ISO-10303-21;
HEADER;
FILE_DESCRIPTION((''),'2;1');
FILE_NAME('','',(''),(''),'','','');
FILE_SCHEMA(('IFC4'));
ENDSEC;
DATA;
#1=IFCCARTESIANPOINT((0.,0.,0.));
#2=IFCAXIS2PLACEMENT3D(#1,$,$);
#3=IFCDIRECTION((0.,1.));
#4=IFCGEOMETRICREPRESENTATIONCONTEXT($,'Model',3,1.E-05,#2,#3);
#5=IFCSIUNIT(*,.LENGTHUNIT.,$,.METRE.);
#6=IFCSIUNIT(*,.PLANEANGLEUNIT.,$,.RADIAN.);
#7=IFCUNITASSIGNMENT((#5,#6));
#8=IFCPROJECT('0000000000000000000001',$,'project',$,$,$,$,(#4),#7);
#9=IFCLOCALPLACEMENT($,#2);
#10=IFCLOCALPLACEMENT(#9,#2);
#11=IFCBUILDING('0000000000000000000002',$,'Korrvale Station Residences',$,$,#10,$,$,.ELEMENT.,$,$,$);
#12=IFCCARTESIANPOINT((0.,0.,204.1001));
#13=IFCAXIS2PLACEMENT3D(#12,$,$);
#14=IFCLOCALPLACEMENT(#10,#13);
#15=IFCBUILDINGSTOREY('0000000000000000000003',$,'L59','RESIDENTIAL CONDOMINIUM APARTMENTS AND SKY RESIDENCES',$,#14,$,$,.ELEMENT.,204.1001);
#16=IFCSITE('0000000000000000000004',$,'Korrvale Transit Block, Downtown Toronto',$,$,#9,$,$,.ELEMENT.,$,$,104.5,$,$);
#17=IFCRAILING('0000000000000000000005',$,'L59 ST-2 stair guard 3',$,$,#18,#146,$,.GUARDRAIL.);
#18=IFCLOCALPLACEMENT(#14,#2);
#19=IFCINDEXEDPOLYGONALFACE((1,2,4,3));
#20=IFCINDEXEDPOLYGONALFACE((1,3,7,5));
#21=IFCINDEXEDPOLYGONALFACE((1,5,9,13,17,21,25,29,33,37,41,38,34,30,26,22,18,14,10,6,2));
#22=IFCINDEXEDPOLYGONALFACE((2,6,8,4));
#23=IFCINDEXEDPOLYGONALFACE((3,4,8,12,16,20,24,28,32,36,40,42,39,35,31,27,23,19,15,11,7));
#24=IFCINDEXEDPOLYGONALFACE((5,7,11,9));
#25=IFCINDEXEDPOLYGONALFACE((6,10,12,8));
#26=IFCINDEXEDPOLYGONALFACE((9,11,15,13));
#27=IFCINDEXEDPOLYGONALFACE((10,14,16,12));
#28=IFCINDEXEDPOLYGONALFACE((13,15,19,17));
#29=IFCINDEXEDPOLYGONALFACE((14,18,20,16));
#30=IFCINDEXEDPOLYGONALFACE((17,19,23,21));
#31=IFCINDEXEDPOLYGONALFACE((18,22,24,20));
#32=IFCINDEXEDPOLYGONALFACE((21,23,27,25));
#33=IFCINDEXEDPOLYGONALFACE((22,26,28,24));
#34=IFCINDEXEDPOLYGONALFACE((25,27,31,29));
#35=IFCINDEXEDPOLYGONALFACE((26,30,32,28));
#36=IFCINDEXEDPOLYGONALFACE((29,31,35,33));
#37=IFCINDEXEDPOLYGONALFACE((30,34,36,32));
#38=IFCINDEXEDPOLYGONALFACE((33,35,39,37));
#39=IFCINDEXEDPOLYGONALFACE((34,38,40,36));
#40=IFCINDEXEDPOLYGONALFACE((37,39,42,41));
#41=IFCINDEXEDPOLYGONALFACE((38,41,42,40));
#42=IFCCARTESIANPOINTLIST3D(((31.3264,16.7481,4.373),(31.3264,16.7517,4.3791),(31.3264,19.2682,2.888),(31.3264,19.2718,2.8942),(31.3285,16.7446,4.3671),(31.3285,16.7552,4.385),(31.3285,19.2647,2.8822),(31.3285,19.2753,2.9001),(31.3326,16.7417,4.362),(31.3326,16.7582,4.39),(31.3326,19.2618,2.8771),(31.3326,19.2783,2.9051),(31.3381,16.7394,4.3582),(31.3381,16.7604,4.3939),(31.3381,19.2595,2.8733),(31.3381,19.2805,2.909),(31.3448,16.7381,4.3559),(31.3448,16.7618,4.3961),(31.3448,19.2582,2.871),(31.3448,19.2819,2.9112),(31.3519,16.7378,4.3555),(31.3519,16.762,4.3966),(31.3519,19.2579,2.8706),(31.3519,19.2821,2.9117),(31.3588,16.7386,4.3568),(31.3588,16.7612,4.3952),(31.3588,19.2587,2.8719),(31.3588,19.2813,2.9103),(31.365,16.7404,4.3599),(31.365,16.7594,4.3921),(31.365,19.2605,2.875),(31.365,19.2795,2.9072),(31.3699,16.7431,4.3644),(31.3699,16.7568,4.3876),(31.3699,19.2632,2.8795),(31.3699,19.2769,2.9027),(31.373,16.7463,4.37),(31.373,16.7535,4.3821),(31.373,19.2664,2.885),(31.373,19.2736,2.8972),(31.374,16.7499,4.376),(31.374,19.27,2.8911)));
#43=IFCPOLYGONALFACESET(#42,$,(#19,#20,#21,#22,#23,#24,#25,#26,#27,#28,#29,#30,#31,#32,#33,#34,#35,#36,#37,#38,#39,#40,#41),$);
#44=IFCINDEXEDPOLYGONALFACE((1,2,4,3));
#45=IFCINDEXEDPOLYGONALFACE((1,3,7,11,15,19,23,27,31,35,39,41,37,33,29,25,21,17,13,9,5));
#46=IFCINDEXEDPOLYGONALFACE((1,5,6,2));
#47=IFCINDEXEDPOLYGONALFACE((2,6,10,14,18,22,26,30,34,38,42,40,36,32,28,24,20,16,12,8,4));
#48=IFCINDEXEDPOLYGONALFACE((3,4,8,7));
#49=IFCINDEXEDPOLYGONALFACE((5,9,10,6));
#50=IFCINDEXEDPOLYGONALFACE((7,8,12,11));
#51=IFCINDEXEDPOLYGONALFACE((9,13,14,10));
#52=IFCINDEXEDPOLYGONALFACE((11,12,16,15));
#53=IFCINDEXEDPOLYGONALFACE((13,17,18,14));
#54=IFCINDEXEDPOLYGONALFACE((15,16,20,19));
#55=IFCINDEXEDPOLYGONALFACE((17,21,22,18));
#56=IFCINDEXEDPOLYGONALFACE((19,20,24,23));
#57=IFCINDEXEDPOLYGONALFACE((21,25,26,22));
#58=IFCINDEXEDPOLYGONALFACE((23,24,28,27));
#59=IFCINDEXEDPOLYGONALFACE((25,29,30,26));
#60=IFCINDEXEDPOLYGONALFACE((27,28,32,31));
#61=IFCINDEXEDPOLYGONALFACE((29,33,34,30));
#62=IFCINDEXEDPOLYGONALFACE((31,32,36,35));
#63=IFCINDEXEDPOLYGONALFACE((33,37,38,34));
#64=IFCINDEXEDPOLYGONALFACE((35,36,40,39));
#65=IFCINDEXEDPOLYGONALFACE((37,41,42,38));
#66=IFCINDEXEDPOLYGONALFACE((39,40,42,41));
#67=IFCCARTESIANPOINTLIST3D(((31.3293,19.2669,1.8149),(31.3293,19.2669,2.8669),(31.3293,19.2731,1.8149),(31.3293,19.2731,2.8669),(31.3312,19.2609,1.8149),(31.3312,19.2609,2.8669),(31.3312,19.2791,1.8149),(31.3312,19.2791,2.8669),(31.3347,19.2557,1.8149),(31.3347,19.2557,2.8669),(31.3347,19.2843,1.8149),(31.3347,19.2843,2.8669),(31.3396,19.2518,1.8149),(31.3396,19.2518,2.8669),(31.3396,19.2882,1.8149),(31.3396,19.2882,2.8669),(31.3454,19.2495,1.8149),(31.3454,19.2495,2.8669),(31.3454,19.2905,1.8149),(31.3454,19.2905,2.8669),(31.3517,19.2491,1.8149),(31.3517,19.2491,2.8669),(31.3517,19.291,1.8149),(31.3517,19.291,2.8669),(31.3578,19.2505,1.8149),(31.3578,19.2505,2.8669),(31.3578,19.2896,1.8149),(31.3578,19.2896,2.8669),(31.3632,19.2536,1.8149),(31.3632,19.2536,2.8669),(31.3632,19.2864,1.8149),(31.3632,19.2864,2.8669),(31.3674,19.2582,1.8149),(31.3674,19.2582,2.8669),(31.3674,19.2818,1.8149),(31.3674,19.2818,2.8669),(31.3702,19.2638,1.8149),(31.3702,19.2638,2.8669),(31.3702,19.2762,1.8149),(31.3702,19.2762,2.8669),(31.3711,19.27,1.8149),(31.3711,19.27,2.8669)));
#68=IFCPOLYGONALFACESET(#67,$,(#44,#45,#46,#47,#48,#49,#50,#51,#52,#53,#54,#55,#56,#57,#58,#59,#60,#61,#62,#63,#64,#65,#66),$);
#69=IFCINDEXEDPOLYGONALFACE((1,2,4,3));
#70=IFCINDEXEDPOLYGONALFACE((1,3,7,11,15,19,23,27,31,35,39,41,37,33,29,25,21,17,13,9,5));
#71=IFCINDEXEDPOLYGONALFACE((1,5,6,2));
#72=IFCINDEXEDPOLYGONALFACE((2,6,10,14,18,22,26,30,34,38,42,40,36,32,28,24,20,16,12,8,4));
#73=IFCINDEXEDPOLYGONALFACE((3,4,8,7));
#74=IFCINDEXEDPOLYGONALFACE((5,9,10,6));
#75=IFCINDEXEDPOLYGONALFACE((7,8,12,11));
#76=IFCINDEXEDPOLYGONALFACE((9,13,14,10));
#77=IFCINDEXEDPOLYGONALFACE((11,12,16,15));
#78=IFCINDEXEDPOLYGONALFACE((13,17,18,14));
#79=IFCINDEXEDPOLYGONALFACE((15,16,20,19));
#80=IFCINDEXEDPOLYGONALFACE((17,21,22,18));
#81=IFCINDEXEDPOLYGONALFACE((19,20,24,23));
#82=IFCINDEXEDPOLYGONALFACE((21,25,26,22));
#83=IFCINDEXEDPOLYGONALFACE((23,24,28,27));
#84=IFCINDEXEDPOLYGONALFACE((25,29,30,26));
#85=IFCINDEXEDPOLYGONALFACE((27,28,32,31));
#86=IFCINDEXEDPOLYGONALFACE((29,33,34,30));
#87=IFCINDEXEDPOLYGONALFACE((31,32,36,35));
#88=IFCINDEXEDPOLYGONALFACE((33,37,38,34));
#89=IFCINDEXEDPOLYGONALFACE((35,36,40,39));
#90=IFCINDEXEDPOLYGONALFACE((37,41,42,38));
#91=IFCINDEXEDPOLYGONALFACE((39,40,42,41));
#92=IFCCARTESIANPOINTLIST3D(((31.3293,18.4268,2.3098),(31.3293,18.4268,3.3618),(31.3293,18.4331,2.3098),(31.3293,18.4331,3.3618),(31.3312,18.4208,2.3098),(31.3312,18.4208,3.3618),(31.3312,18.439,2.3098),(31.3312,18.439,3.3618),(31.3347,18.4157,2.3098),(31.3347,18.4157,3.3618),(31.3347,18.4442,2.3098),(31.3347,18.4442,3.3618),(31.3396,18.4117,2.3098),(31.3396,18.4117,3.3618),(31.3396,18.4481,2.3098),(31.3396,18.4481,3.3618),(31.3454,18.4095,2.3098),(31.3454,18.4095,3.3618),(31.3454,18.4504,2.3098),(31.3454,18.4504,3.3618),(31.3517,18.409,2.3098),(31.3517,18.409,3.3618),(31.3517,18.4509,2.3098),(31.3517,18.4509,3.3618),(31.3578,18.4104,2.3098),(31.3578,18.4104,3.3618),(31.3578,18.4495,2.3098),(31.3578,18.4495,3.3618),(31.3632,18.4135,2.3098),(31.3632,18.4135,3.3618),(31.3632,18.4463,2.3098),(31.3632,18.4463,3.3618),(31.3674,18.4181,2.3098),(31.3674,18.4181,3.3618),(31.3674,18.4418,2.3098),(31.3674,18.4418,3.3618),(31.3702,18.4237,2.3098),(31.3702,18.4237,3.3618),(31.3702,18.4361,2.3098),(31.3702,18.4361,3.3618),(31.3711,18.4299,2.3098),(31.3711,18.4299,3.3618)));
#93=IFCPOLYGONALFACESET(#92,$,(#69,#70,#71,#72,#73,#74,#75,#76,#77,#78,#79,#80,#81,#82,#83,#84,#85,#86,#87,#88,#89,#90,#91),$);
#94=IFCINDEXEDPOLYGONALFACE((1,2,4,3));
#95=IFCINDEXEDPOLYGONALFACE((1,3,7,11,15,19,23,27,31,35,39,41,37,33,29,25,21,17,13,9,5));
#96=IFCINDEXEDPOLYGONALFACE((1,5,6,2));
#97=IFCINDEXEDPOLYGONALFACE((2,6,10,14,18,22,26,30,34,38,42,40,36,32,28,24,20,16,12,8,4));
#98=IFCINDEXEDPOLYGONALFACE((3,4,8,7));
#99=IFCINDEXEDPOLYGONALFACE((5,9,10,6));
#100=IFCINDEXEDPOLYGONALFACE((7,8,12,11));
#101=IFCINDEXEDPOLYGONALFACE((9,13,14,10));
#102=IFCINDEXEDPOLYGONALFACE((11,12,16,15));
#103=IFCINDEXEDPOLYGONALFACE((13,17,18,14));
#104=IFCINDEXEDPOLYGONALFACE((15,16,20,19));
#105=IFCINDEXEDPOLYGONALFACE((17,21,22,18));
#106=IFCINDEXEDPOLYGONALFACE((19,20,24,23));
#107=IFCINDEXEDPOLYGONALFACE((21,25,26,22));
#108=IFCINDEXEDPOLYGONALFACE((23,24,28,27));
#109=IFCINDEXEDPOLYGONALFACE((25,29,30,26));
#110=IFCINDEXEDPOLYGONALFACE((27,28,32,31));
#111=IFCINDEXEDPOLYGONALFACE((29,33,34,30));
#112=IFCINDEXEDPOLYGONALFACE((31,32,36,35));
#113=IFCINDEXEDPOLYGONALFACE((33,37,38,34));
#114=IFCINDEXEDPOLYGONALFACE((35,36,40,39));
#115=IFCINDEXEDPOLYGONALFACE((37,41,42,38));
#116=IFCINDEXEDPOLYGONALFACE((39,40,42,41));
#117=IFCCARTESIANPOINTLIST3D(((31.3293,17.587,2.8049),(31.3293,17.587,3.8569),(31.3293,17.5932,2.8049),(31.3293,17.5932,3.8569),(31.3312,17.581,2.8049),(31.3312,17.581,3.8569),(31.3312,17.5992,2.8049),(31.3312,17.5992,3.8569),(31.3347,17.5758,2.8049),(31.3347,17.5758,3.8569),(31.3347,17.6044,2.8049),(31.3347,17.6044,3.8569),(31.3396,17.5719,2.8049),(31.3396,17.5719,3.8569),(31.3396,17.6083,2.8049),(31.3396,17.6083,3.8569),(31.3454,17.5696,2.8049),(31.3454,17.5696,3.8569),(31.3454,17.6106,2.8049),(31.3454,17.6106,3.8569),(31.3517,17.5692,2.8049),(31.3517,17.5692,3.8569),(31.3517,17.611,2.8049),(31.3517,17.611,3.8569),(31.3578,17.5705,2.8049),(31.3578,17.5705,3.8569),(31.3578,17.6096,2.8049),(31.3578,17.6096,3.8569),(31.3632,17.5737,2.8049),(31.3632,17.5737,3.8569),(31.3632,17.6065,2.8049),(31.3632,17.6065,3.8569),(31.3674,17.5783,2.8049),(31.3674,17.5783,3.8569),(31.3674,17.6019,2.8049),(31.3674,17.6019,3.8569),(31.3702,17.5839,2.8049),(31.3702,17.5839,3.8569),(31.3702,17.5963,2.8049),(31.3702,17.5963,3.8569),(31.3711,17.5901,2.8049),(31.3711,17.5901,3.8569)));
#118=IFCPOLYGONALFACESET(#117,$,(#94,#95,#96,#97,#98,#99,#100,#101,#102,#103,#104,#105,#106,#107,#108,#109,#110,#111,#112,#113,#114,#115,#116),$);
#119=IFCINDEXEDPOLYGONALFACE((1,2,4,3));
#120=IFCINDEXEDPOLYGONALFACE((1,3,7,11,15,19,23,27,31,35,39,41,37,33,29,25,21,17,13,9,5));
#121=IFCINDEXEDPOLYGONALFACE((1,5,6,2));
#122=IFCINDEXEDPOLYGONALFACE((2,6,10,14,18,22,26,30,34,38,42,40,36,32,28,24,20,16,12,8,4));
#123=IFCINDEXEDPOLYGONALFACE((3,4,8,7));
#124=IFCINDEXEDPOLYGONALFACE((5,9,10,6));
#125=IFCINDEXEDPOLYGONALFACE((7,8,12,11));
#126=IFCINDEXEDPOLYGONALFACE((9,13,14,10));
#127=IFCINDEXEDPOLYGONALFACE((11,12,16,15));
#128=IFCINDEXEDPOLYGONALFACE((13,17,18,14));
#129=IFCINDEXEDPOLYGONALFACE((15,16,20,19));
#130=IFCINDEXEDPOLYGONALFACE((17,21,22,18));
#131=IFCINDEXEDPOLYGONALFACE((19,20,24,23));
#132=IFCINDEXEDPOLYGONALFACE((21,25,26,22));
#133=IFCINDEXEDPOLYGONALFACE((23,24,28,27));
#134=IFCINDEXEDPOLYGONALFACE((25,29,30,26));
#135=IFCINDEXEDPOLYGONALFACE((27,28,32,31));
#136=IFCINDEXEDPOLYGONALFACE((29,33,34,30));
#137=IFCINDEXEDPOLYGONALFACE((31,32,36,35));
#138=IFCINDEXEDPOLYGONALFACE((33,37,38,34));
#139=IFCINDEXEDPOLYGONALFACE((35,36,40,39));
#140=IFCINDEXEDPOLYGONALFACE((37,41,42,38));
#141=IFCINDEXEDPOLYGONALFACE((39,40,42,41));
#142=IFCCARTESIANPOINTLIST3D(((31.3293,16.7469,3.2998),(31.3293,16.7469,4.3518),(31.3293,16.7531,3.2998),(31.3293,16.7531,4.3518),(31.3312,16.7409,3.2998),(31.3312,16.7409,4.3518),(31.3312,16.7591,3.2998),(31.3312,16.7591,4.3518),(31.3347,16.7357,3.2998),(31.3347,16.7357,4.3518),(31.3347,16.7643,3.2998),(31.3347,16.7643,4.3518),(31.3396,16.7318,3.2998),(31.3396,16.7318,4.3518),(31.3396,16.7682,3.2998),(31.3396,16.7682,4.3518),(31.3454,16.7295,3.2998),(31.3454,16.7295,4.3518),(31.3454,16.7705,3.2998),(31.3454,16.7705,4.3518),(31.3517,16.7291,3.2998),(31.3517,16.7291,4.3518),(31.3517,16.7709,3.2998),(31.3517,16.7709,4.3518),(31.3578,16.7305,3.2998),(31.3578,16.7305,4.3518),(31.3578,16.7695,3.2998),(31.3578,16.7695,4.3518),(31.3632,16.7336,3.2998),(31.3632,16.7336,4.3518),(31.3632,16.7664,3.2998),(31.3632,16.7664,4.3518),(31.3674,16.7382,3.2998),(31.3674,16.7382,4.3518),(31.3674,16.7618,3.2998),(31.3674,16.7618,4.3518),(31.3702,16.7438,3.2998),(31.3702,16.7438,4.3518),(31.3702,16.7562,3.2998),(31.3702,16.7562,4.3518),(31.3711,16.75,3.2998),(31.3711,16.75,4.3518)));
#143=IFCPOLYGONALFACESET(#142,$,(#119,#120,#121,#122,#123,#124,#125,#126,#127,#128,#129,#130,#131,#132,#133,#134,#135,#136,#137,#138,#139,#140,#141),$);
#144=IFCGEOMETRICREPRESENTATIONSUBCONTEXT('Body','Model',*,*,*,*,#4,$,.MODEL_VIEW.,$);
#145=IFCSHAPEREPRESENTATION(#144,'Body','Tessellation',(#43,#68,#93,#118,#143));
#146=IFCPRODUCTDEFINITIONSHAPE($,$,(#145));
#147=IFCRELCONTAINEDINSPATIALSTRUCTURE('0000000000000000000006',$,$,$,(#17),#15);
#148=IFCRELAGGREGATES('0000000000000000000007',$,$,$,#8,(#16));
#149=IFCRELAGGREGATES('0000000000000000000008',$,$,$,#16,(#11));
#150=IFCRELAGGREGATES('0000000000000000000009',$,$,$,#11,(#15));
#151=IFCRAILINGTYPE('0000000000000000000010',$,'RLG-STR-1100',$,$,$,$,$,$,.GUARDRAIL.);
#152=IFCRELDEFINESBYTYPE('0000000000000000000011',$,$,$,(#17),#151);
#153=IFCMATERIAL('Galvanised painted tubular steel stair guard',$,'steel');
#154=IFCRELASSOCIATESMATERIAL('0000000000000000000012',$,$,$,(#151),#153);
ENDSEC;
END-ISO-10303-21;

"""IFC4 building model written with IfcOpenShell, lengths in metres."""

from ifc_helpers import new_model, si_unit, direction, frame, origin, origin_2d, place, context, subcontext, project, spatial, circle, extrude, material, type_object, element, save


model = new_model("IFC4")

# Units and contexts
model_context = context("Model", 3, precision=1e-05, world=origin(), true_north=direction((0.0, 1.0)))
body_context = subcontext(model_context, "Body", "Model", "MODEL_VIEW")
ifc_project = project(units=[si_unit("LENGTHUNIT", "METRE"), si_unit("PLANEANGLEUNIT", "RADIAN")], contexts=[model_context])

# Site, building, storey
site_placement = place(None, origin())
site = spatial("IfcSite", under=ifc_project, at=site_placement, Name="Korrvale Transit Block, Downtown Toronto", CompositionType="ELEMENT", RefElevation=104.5)
building_placement = place(site_placement, origin())
building = spatial("IfcBuilding", under=site, at=building_placement, Name="Korrvale Station Residences", CompositionType="ELEMENT")
storey_placement = place(building_placement, frame((0.0, 0.0, 204.1001)))
storey = spatial("IfcBuildingStorey", under=building, at=storey_placement, Name="L59", Description="RESIDENTIAL CONDOMINIUM APARTMENTS AND SKY RESIDENCES", CompositionType="ELEMENT", Elevation=204.1001)

# Railing
ifc_material_1 = material(Name="Galvanised painted tubular steel stair guard", Category="steel")
railing_type_1 = type_object("IfcRailingType", Name="RLG-STR-1100", PredefinedType="GUARDRAIL", material=ifc_material_1)
railing_1_placement = place(storey_placement, frame((31.3501, 19.27, 1.8149)))
element("IfcRailing", 1, at=railing_1_placement, inside=storey, type_object=railing_type_1, Name="L59 ST-2 stair guard 3", PredefinedType="GUARDRAIL", context=body_context, shape_type="SweptSolid", body=[
    extrude(circle(Radius=0.0239, at=origin_2d()), frame((0.0, 0.0, 1.0762), z_axis=(0.0, -0.861561, 0.507655), x_axis=(1.0, 0.0, 0.0)), (0.0, 0.0, 1.0), 2.925),
    extrude(circle(Radius=0.021, at=origin_2d()), origin(), (0.0, 0.0, 1.0), 1.052),
    extrude(circle(Radius=0.021, at=origin_2d()), frame((0.0, -0.8401, 0.4949)), (0.0, 0.0, 1.0), 1.052),
    extrude(circle(Radius=0.021, at=origin_2d()), frame((0.0, -1.6799, 0.99)), (0.0, 0.0, 1.0), 1.052),
    extrude(circle(Radius=0.021, at=origin_2d()), frame((0.0, -2.52, 1.4849)), (0.0, 0.0, 1.0), 1.052),
])

save(model, "model.ifc")
